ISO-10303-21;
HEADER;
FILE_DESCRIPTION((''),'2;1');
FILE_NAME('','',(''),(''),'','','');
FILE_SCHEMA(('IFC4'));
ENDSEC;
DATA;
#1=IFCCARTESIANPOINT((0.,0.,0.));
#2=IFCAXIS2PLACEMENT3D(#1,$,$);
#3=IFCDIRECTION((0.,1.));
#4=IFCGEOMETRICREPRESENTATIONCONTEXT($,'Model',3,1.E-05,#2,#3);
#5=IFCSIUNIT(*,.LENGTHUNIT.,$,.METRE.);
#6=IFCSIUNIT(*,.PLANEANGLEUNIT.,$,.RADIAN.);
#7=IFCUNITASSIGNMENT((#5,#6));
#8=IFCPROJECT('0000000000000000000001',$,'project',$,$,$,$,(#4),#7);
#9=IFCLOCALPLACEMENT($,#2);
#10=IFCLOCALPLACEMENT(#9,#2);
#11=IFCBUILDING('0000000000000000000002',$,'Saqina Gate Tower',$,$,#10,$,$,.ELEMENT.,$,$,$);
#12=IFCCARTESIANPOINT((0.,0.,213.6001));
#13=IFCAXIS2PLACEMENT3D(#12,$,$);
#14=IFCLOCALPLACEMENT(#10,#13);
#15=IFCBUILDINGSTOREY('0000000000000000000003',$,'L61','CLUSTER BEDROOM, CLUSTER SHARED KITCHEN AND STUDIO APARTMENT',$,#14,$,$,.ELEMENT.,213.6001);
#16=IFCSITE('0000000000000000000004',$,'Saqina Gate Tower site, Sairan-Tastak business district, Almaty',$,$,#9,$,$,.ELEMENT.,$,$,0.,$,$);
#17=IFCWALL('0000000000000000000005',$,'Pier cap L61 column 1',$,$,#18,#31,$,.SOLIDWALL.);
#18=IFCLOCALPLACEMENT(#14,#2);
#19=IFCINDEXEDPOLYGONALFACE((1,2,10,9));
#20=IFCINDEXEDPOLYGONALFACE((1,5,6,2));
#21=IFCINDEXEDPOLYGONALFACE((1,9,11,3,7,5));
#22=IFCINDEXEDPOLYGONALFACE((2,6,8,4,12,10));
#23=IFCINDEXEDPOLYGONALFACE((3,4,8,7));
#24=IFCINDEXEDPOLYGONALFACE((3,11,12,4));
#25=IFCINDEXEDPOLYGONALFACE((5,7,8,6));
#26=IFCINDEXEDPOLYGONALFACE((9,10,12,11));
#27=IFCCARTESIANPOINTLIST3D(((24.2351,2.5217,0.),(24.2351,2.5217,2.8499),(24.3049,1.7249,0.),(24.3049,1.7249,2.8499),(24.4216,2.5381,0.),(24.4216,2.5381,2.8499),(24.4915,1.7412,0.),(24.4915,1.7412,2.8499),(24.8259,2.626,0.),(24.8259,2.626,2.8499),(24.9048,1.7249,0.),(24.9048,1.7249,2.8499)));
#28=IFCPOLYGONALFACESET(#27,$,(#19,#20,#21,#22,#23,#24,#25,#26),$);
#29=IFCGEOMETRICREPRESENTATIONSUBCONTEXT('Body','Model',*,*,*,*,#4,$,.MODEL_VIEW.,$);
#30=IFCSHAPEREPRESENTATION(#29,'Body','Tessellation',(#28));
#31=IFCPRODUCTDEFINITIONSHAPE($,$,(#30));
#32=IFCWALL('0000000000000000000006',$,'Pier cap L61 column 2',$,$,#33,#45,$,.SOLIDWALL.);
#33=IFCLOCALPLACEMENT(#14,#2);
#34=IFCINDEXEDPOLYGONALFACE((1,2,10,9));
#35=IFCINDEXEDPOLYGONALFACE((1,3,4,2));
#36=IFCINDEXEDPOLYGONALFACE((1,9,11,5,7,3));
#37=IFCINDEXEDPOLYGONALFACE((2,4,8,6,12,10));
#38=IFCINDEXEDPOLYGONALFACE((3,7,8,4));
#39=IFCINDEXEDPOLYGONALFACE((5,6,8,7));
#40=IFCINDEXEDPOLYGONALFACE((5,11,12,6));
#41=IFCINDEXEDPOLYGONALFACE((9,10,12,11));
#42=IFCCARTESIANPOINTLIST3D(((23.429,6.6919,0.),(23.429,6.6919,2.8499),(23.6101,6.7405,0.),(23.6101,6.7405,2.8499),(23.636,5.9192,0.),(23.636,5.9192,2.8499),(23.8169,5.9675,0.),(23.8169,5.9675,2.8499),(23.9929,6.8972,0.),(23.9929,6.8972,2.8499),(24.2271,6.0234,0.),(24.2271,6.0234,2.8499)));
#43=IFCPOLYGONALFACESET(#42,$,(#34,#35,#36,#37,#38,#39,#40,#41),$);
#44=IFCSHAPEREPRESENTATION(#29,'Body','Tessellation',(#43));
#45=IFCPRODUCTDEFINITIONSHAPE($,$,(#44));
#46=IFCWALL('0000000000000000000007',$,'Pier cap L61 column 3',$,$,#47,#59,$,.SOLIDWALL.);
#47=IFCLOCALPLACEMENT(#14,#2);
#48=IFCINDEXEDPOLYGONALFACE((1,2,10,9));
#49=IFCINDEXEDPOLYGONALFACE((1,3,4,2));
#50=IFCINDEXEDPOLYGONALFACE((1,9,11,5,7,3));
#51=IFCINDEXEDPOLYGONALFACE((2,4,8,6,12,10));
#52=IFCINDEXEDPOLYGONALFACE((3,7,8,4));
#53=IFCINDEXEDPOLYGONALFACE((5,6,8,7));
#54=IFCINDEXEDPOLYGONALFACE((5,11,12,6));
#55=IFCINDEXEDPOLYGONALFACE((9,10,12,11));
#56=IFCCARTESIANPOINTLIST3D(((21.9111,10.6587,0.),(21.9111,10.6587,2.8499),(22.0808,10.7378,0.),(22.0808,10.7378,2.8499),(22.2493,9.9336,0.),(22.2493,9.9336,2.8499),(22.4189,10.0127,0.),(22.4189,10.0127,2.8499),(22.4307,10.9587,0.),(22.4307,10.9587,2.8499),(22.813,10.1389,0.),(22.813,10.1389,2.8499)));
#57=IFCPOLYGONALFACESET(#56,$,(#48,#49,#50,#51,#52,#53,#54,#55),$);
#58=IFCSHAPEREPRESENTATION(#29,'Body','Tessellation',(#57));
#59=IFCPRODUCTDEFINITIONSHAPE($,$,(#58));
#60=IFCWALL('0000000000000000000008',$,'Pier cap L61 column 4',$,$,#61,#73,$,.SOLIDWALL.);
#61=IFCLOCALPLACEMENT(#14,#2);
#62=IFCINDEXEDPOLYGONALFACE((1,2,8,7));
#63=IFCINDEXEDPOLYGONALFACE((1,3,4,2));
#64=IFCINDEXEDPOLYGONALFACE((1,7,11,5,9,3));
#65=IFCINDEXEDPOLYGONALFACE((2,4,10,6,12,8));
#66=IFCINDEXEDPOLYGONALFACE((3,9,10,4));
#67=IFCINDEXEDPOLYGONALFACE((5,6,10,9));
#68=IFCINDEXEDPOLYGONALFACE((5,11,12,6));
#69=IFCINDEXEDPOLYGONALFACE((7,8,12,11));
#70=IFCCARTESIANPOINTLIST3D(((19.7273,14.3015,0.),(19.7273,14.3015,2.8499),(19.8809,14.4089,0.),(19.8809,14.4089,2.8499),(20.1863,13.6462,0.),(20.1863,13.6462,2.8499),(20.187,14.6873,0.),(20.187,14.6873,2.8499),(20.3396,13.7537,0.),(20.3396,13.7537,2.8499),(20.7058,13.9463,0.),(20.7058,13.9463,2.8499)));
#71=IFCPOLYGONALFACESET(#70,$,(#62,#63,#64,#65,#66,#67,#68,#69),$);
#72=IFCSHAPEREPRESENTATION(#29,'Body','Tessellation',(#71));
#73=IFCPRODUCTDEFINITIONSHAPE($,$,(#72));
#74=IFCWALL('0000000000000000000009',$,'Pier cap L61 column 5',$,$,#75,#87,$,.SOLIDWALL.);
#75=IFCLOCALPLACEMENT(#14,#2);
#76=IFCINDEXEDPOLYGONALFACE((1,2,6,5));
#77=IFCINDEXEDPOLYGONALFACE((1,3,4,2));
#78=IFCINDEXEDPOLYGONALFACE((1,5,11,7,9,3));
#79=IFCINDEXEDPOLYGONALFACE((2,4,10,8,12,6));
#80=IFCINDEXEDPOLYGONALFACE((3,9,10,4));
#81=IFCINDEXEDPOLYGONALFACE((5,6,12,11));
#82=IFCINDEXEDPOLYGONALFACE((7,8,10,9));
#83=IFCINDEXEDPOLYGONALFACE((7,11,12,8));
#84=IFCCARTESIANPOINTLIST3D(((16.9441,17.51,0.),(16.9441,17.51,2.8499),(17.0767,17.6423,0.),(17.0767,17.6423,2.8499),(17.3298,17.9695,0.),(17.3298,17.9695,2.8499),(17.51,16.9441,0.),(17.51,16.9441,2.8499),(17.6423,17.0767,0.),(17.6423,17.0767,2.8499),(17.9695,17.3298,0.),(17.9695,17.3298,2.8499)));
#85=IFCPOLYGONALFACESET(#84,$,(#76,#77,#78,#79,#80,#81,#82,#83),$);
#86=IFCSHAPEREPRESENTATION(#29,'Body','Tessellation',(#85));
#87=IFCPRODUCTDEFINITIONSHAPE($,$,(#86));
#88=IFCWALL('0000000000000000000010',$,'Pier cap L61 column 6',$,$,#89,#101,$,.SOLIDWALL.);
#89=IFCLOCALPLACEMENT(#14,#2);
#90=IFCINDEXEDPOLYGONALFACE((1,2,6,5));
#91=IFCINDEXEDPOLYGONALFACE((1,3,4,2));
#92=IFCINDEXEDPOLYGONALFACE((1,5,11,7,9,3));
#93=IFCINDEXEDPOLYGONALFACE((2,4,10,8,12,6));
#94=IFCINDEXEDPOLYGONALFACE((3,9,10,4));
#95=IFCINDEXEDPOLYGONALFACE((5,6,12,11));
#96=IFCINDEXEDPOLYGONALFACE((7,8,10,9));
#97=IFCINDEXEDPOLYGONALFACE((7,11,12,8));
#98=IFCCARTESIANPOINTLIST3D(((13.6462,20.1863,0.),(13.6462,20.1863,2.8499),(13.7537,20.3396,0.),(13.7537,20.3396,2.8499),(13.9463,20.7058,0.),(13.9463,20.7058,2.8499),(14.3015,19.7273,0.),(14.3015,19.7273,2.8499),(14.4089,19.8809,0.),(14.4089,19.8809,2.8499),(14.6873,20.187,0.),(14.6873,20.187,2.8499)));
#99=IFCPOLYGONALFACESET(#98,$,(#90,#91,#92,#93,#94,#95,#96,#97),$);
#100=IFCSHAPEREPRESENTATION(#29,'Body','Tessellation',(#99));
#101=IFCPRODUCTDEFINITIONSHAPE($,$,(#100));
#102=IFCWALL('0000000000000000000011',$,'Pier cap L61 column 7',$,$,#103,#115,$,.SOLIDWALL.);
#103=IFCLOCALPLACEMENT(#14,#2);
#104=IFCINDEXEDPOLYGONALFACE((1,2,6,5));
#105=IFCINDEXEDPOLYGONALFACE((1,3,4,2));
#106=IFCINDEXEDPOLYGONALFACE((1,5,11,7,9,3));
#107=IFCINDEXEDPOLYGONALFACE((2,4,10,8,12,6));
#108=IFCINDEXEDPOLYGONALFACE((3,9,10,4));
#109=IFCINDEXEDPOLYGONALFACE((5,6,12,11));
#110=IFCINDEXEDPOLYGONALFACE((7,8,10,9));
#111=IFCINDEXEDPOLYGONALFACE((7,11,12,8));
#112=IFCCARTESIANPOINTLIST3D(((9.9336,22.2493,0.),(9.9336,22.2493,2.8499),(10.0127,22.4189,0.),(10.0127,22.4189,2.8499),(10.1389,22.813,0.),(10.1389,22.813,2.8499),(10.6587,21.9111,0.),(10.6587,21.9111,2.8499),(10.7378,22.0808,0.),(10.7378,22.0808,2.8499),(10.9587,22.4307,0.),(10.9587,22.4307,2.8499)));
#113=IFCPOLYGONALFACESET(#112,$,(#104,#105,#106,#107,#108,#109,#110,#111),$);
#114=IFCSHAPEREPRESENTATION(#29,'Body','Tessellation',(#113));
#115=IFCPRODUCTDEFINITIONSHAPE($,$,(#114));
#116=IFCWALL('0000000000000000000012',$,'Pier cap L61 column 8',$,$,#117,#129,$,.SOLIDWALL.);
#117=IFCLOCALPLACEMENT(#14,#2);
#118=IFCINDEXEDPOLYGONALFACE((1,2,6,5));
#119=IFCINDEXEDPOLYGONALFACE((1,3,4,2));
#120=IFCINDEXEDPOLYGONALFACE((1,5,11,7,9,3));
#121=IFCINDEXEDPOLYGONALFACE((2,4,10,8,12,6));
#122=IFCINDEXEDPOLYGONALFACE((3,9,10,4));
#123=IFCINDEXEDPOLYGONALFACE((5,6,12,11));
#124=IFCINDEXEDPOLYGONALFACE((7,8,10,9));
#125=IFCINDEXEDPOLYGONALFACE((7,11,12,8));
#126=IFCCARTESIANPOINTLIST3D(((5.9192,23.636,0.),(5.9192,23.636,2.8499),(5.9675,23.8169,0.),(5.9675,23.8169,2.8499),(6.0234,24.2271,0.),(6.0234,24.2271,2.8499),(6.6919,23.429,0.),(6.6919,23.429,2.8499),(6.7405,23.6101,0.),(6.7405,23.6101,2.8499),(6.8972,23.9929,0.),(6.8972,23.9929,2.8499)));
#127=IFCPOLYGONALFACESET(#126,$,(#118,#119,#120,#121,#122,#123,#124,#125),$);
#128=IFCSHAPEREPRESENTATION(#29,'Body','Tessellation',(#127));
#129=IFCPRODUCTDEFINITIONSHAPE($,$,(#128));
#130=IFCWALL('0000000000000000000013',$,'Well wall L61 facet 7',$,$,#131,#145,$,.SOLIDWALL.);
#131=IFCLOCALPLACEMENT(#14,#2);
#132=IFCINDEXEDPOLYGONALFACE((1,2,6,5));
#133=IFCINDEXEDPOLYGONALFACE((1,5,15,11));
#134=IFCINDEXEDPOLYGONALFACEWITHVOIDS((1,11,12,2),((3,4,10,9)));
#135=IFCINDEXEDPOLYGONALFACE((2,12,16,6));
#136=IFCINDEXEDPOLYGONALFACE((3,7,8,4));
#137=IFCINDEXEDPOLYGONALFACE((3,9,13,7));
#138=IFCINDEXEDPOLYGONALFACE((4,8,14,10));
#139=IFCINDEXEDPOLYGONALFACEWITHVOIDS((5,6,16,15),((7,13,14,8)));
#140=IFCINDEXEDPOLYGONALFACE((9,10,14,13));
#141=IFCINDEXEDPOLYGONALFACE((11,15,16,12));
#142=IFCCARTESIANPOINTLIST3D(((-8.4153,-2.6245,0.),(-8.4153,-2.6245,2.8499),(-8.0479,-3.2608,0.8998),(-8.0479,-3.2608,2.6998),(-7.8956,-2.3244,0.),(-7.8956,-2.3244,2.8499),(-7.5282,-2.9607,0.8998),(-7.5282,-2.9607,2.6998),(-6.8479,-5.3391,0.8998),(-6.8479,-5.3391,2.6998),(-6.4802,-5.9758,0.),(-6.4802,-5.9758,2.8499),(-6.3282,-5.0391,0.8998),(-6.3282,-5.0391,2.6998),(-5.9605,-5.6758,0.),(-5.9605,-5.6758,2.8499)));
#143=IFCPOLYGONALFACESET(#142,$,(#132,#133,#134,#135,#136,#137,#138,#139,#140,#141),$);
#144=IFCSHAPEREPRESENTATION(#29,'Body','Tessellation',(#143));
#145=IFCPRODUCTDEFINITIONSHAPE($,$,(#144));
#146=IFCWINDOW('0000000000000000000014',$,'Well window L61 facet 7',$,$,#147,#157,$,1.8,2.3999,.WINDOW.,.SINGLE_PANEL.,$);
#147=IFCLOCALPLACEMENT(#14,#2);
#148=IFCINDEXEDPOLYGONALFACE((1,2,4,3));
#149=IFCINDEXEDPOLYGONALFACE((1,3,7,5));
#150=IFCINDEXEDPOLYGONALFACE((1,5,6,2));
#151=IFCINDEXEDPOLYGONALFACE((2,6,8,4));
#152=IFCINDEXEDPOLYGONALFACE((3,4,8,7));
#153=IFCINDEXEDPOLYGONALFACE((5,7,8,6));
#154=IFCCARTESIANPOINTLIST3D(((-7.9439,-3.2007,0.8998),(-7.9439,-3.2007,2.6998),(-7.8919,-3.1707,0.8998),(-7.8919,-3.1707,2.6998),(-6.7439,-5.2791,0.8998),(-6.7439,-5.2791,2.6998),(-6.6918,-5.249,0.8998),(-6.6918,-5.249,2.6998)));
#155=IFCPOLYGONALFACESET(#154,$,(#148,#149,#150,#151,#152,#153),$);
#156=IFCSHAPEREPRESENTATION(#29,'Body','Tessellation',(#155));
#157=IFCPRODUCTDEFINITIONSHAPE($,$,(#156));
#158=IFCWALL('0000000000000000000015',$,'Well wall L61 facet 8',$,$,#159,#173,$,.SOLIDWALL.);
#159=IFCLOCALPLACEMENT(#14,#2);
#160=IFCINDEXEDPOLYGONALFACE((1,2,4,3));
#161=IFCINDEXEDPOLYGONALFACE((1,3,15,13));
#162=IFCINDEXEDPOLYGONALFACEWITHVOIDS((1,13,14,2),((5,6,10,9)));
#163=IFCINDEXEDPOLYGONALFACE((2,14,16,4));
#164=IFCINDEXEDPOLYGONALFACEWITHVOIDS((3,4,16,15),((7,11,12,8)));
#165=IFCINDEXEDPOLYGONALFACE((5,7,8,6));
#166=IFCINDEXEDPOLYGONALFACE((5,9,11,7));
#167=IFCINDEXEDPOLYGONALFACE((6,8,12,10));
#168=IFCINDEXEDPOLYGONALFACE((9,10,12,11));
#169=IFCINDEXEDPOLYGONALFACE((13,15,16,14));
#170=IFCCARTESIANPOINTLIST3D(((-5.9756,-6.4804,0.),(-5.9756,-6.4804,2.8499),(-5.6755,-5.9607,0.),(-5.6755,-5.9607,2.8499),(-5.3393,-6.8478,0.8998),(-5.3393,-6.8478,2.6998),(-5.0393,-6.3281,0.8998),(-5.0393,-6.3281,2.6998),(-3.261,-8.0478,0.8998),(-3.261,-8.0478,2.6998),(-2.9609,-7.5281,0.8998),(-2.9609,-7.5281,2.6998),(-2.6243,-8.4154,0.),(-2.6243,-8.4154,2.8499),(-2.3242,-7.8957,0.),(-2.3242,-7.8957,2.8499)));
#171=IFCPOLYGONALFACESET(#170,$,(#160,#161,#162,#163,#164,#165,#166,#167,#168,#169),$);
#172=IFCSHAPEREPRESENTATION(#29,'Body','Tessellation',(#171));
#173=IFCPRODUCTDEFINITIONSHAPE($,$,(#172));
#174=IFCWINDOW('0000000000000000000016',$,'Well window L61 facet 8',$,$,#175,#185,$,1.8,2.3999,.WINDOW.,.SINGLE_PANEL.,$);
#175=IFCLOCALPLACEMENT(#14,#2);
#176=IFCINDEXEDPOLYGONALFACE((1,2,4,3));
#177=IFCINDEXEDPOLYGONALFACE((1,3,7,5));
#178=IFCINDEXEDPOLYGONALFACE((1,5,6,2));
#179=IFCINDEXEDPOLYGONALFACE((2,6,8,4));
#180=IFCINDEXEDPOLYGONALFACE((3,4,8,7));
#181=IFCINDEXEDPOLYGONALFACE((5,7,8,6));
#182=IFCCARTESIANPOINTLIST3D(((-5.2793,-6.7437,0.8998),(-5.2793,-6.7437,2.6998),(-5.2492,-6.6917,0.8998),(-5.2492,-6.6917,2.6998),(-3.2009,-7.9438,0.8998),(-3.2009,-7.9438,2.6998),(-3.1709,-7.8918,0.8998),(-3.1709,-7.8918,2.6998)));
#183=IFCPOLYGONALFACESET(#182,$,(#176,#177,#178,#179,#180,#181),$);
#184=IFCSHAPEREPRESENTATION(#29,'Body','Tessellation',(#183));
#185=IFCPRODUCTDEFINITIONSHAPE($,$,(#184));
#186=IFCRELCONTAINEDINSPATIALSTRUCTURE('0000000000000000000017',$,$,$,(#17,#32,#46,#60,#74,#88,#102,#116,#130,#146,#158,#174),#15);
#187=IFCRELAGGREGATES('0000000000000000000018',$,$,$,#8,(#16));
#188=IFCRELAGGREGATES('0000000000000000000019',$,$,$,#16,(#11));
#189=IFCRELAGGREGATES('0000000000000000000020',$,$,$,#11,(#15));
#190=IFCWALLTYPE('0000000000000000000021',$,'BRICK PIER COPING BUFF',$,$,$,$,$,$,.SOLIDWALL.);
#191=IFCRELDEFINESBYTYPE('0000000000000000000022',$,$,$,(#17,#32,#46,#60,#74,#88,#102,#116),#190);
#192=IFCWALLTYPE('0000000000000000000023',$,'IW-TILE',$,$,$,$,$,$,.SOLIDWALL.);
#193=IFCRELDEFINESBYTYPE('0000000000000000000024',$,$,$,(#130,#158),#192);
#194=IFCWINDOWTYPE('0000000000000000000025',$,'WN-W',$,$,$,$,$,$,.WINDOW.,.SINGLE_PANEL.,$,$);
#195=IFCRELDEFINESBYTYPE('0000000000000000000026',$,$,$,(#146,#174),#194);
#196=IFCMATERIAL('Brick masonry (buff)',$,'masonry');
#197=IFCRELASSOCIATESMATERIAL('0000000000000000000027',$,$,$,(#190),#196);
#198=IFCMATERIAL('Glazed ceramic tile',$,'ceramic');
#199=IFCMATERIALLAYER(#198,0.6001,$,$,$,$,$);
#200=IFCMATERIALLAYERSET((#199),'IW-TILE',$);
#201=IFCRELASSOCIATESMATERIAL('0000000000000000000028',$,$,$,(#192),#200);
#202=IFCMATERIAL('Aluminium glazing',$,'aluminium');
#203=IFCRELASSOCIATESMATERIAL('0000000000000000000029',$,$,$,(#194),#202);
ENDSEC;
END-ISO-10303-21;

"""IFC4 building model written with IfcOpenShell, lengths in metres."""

from ifc_helpers import new_model, si_unit, direction, frame, frame_2d, origin, place, context, subcontext, project, spatial, polyline, rectangle, outline, extrude, material, layer, layer_set, type_object, element, fill, save


model = new_model("IFC4")

# Units and contexts
model_context = context("Model", 3, precision=1e-05, world=origin(), true_north=direction((0.0, 1.0)))
body_context = subcontext(model_context, "Body", "Model", "MODEL_VIEW")
ifc_project = project(units=[si_unit("LENGTHUNIT", "METRE"), si_unit("PLANEANGLEUNIT", "RADIAN")], contexts=[model_context])

# Site, building, storey
site_placement = place(None, origin())
site = spatial("IfcSite", under=ifc_project, at=site_placement, Name="Saqina Gate Tower site, Sairan-Tastak business district, Almaty", CompositionType="ELEMENT", RefElevation=0.0)
building_placement = place(site_placement, origin())
building = spatial("IfcBuilding", under=site, at=building_placement, Name="Saqina Gate Tower", CompositionType="ELEMENT")
storey_placement = place(building_placement, frame((0.0, 0.0, 213.6001)))
storey = spatial("IfcBuildingStorey", under=building, at=storey_placement, Name="L61", Description="CLUSTER BEDROOM, CLUSTER SHARED KITCHEN AND STUDIO APARTMENT", CompositionType="ELEMENT", Elevation=213.6001)

# Walls
ifc_material_1 = material(Name="Brick masonry (buff)", Category="masonry")
wall_type_1 = type_object("IfcWallType", Name="BRICK PIER COPING BUFF", PredefinedType="SOLIDWALL", material=ifc_material_1)
wall_1_placement = place(storey_placement, origin())
element("IfcWall", 1, at=wall_1_placement, inside=storey, type_object=wall_type_1, Name="Pier cap L61 column 1", PredefinedType="SOLIDWALL", context=body_context, shape_type="SweptSolid", body=[
    extrude(outline(polyline([(24.9048, 1.7249), (24.8259, 2.626), (24.2351, 2.5217), (24.4216, 2.5381), (24.4915, 1.7412), (24.3049, 1.7249), (24.9048, 1.7249)])), origin(), (0.0, 0.0, 1.0), 2.8499),
])
wall_2_placement = place(storey_placement, origin())
element("IfcWall", 2, at=wall_2_placement, inside=storey, type_object=wall_type_1, Name="Pier cap L61 column 2", PredefinedType="SOLIDWALL", context=body_context, shape_type="SweptSolid", body=[
    extrude(outline(polyline([(24.2271, 6.0234), (23.9929, 6.8972), (23.429, 6.6919), (23.6101, 6.7405), (23.8169, 5.9675), (23.636, 5.9192), (24.2271, 6.0234)])), origin(), (0.0, 0.0, 1.0), 2.8499),
])
wall_3_placement = place(storey_placement, origin())
element("IfcWall", 3, at=wall_3_placement, inside=storey, type_object=wall_type_1, Name="Pier cap L61 column 3", PredefinedType="SOLIDWALL", context=body_context, shape_type="SweptSolid", body=[
    extrude(outline(polyline([(22.4307, 10.9587), (21.9111, 10.6587), (22.0808, 10.7378), (22.4189, 10.0127), (22.2493, 9.9336), (22.813, 10.1389), (22.4307, 10.9587)])), origin(), (0.0, 0.0, 1.0), 2.8499),
])
wall_4_placement = place(storey_placement, origin())
element("IfcWall", 4, at=wall_4_placement, inside=storey, type_object=wall_type_1, Name="Pier cap L61 column 4", PredefinedType="SOLIDWALL", context=body_context, shape_type="SweptSolid", body=[
    extrude(outline(polyline([(20.7058, 13.9463), (20.187, 14.6873), (19.7273, 14.3015), (19.8809, 14.4089), (20.3396, 13.7537), (20.1863, 13.6462), (20.7058, 13.9463)])), origin(), (0.0, 0.0, 1.0), 2.8499),
])
wall_5_placement = place(storey_placement, origin())
element("IfcWall", 5, at=wall_5_placement, inside=storey, type_object=wall_type_1, Name="Pier cap L61 column 5", PredefinedType="SOLIDWALL", context=body_context, shape_type="SweptSolid", body=[
    extrude(outline(polyline([(17.3298, 17.9695), (16.9441, 17.51), (17.0767, 17.6423), (17.6423, 17.0767), (17.51, 16.9441), (17.9695, 17.3298), (17.3298, 17.9695)])), origin(), (0.0, 0.0, 1.0), 2.8499),
])
wall_6_placement = place(storey_placement, origin())
element("IfcWall", 6, at=wall_6_placement, inside=storey, type_object=wall_type_1, Name="Pier cap L61 column 6", PredefinedType="SOLIDWALL", context=body_context, shape_type="SweptSolid", body=[
    extrude(outline(polyline([(14.6873, 20.187), (13.9463, 20.7058), (13.6462, 20.1863), (13.7537, 20.3396), (14.4089, 19.8809), (14.3015, 19.7273), (14.6873, 20.187)])), origin(), (0.0, 0.0, 1.0), 2.8499),
])
wall_7_placement = place(storey_placement, origin())
element("IfcWall", 7, at=wall_7_placement, inside=storey, type_object=wall_type_1, Name="Pier cap L61 column 7", PredefinedType="SOLIDWALL", context=body_context, shape_type="SweptSolid", body=[
    extrude(outline(polyline([(10.1389, 22.813), (9.9336, 22.2493), (10.0127, 22.4189), (10.7378, 22.0808), (10.6587, 21.9111), (10.9587, 22.4307), (10.1389, 22.813)])), origin(), (0.0, 0.0, 1.0), 2.8499),
])
wall_8_placement = place(storey_placement, origin())
element("IfcWall", 8, at=wall_8_placement, inside=storey, type_object=wall_type_1, Name="Pier cap L61 column 8", PredefinedType="SOLIDWALL", context=body_context, shape_type="SweptSolid", body=[
    extrude(outline(polyline([(6.0234, 24.2271), (5.9192, 23.636), (5.9675, 23.8169), (6.7405, 23.6101), (6.6919, 23.429), (6.8972, 23.9929), (6.0234, 24.2271)])), origin(), (0.0, 0.0, 1.0), 2.8499),
])

# Walls, openings, windows
ifc_material_2 = material(Name="Glazed ceramic tile", Category="ceramic")
ifc_layer_1 = layer(ifc_material_2, 0.6001)
ifc_layer_set_1 = layer_set([ifc_layer_1], Name="IW-TILE")
wall_type_2 = type_object("IfcWallType", Name="IW-TILE", PredefinedType="SOLIDWALL", material=ifc_layer_set_1)
wall_9_placement = place(storey_placement, frame((-8.1555, -2.4744, 0.0), z_axis=(0.0, 0.0, 1.0), x_axis=(0.500034, -0.866006, 0.0)))
wall_9 = element("IfcWall", 9, at=wall_9_placement, inside=storey, type_object=wall_type_2, Name="Well wall L61 facet 7", PredefinedType="SOLIDWALL", context=body_context, shape_type="SweptSolid", body=[
    extrude(rectangle(XDim=3.8699, YDim=0.6001, at=frame_2d((1.9351, 0.0))), origin(), (0.0, 0.0, 1.0), 2.8499),
])
opening_1_placement = place(wall_9_placement, frame((0.7349, 0.0, 0.8999)))
opening_1 = element("IfcOpeningElement", 10, at=opening_1_placement, cuts=wall_9, PredefinedType="OPENING", context=body_context, shape_type="SweptSolid", body=[
    extrude(rectangle(XDim=2.3999, YDim=1.8, at=frame_2d((1.2, 0.8999))), frame((0.0, 0.312, 0.0), z_axis=(0.0, -1.0, 0.0), x_axis=(1.0, 0.0, 0.0)), (0.0, 0.0, 1.0), 0.624),
])
ifc_material_3 = material(Name="Aluminium glazing", Category="aluminium")
window_type = type_object("IfcWindowType", Name="WN-W", PartitioningType="SINGLE_PANEL", PredefinedType="WINDOW", material=ifc_material_3)
window_1_placement = place(opening_1_placement, origin())
window_1 = element("IfcWindow", 11, at=window_1_placement, inside=storey, type_object=window_type, Name="Well window L61 facet 7", OverallHeight=1.8, OverallWidth=2.3999, PartitioningType="SINGLE_PANEL", PredefinedType="WINDOW", context=body_context, shape_type="SweptSolid", body=[
    extrude(rectangle(XDim=2.3999, YDim=1.8, at=frame_2d((1.2, 0.8999))), frame((0.0, -0.1199, 0.0), z_axis=(0.0, -1.0, 0.0), x_axis=(1.0, 0.0, 0.0)), (0.0, 0.0, 1.0), 0.0601),
])
fill(opening_1, window_1)
wall_10_placement = place(storey_placement, frame((-5.8257, -6.2205, 0.0), z_axis=(0.0, 0.0, 1.0), x_axis=(0.866006, -0.500034, 0.0)))
wall_10 = element("IfcWall", 12, at=wall_10_placement, inside=storey, type_object=wall_type_2, Name="Well wall L61 facet 8", PredefinedType="SOLIDWALL", context=body_context, shape_type="SweptSolid", body=[
    extrude(rectangle(XDim=3.8699, YDim=0.6001, at=frame_2d((1.9351, 0.0))), origin(), (0.0, 0.0, 1.0), 2.8499),
])
opening_2_placement = place(wall_10_placement, frame((0.7349, 0.0, 0.8999)))
opening_2 = element("IfcOpeningElement", 13, at=opening_2_placement, cuts=wall_10, PredefinedType="OPENING", context=body_context, shape_type="SweptSolid", body=[
    extrude(rectangle(XDim=2.3999, YDim=1.8, at=frame_2d((1.2, 0.8999))), frame((0.0, 0.312, 0.0), z_axis=(0.0, -1.0, 0.0), x_axis=(1.0, 0.0, 0.0)), (0.0, 0.0, 1.0), 0.624),
])
window_2_placement = place(opening_2_placement, origin())
window_2 = element("IfcWindow", 14, at=window_2_placement, inside=storey, type_object=window_type, Name="Well window L61 facet 8", OverallHeight=1.8, OverallWidth=2.3999, PartitioningType="SINGLE_PANEL", PredefinedType="WINDOW", context=body_context, shape_type="SweptSolid", body=[
    extrude(rectangle(XDim=2.3999, YDim=1.8, at=frame_2d((1.2, 0.8999))), frame((0.0, -0.1199, 0.0), z_axis=(0.0, -1.0, 0.0), x_axis=(1.0, 0.0, 0.0)), (0.0, 0.0, 1.0), 0.0601),
])
fill(opening_2, window_2)

save(model, "model.ifc")
